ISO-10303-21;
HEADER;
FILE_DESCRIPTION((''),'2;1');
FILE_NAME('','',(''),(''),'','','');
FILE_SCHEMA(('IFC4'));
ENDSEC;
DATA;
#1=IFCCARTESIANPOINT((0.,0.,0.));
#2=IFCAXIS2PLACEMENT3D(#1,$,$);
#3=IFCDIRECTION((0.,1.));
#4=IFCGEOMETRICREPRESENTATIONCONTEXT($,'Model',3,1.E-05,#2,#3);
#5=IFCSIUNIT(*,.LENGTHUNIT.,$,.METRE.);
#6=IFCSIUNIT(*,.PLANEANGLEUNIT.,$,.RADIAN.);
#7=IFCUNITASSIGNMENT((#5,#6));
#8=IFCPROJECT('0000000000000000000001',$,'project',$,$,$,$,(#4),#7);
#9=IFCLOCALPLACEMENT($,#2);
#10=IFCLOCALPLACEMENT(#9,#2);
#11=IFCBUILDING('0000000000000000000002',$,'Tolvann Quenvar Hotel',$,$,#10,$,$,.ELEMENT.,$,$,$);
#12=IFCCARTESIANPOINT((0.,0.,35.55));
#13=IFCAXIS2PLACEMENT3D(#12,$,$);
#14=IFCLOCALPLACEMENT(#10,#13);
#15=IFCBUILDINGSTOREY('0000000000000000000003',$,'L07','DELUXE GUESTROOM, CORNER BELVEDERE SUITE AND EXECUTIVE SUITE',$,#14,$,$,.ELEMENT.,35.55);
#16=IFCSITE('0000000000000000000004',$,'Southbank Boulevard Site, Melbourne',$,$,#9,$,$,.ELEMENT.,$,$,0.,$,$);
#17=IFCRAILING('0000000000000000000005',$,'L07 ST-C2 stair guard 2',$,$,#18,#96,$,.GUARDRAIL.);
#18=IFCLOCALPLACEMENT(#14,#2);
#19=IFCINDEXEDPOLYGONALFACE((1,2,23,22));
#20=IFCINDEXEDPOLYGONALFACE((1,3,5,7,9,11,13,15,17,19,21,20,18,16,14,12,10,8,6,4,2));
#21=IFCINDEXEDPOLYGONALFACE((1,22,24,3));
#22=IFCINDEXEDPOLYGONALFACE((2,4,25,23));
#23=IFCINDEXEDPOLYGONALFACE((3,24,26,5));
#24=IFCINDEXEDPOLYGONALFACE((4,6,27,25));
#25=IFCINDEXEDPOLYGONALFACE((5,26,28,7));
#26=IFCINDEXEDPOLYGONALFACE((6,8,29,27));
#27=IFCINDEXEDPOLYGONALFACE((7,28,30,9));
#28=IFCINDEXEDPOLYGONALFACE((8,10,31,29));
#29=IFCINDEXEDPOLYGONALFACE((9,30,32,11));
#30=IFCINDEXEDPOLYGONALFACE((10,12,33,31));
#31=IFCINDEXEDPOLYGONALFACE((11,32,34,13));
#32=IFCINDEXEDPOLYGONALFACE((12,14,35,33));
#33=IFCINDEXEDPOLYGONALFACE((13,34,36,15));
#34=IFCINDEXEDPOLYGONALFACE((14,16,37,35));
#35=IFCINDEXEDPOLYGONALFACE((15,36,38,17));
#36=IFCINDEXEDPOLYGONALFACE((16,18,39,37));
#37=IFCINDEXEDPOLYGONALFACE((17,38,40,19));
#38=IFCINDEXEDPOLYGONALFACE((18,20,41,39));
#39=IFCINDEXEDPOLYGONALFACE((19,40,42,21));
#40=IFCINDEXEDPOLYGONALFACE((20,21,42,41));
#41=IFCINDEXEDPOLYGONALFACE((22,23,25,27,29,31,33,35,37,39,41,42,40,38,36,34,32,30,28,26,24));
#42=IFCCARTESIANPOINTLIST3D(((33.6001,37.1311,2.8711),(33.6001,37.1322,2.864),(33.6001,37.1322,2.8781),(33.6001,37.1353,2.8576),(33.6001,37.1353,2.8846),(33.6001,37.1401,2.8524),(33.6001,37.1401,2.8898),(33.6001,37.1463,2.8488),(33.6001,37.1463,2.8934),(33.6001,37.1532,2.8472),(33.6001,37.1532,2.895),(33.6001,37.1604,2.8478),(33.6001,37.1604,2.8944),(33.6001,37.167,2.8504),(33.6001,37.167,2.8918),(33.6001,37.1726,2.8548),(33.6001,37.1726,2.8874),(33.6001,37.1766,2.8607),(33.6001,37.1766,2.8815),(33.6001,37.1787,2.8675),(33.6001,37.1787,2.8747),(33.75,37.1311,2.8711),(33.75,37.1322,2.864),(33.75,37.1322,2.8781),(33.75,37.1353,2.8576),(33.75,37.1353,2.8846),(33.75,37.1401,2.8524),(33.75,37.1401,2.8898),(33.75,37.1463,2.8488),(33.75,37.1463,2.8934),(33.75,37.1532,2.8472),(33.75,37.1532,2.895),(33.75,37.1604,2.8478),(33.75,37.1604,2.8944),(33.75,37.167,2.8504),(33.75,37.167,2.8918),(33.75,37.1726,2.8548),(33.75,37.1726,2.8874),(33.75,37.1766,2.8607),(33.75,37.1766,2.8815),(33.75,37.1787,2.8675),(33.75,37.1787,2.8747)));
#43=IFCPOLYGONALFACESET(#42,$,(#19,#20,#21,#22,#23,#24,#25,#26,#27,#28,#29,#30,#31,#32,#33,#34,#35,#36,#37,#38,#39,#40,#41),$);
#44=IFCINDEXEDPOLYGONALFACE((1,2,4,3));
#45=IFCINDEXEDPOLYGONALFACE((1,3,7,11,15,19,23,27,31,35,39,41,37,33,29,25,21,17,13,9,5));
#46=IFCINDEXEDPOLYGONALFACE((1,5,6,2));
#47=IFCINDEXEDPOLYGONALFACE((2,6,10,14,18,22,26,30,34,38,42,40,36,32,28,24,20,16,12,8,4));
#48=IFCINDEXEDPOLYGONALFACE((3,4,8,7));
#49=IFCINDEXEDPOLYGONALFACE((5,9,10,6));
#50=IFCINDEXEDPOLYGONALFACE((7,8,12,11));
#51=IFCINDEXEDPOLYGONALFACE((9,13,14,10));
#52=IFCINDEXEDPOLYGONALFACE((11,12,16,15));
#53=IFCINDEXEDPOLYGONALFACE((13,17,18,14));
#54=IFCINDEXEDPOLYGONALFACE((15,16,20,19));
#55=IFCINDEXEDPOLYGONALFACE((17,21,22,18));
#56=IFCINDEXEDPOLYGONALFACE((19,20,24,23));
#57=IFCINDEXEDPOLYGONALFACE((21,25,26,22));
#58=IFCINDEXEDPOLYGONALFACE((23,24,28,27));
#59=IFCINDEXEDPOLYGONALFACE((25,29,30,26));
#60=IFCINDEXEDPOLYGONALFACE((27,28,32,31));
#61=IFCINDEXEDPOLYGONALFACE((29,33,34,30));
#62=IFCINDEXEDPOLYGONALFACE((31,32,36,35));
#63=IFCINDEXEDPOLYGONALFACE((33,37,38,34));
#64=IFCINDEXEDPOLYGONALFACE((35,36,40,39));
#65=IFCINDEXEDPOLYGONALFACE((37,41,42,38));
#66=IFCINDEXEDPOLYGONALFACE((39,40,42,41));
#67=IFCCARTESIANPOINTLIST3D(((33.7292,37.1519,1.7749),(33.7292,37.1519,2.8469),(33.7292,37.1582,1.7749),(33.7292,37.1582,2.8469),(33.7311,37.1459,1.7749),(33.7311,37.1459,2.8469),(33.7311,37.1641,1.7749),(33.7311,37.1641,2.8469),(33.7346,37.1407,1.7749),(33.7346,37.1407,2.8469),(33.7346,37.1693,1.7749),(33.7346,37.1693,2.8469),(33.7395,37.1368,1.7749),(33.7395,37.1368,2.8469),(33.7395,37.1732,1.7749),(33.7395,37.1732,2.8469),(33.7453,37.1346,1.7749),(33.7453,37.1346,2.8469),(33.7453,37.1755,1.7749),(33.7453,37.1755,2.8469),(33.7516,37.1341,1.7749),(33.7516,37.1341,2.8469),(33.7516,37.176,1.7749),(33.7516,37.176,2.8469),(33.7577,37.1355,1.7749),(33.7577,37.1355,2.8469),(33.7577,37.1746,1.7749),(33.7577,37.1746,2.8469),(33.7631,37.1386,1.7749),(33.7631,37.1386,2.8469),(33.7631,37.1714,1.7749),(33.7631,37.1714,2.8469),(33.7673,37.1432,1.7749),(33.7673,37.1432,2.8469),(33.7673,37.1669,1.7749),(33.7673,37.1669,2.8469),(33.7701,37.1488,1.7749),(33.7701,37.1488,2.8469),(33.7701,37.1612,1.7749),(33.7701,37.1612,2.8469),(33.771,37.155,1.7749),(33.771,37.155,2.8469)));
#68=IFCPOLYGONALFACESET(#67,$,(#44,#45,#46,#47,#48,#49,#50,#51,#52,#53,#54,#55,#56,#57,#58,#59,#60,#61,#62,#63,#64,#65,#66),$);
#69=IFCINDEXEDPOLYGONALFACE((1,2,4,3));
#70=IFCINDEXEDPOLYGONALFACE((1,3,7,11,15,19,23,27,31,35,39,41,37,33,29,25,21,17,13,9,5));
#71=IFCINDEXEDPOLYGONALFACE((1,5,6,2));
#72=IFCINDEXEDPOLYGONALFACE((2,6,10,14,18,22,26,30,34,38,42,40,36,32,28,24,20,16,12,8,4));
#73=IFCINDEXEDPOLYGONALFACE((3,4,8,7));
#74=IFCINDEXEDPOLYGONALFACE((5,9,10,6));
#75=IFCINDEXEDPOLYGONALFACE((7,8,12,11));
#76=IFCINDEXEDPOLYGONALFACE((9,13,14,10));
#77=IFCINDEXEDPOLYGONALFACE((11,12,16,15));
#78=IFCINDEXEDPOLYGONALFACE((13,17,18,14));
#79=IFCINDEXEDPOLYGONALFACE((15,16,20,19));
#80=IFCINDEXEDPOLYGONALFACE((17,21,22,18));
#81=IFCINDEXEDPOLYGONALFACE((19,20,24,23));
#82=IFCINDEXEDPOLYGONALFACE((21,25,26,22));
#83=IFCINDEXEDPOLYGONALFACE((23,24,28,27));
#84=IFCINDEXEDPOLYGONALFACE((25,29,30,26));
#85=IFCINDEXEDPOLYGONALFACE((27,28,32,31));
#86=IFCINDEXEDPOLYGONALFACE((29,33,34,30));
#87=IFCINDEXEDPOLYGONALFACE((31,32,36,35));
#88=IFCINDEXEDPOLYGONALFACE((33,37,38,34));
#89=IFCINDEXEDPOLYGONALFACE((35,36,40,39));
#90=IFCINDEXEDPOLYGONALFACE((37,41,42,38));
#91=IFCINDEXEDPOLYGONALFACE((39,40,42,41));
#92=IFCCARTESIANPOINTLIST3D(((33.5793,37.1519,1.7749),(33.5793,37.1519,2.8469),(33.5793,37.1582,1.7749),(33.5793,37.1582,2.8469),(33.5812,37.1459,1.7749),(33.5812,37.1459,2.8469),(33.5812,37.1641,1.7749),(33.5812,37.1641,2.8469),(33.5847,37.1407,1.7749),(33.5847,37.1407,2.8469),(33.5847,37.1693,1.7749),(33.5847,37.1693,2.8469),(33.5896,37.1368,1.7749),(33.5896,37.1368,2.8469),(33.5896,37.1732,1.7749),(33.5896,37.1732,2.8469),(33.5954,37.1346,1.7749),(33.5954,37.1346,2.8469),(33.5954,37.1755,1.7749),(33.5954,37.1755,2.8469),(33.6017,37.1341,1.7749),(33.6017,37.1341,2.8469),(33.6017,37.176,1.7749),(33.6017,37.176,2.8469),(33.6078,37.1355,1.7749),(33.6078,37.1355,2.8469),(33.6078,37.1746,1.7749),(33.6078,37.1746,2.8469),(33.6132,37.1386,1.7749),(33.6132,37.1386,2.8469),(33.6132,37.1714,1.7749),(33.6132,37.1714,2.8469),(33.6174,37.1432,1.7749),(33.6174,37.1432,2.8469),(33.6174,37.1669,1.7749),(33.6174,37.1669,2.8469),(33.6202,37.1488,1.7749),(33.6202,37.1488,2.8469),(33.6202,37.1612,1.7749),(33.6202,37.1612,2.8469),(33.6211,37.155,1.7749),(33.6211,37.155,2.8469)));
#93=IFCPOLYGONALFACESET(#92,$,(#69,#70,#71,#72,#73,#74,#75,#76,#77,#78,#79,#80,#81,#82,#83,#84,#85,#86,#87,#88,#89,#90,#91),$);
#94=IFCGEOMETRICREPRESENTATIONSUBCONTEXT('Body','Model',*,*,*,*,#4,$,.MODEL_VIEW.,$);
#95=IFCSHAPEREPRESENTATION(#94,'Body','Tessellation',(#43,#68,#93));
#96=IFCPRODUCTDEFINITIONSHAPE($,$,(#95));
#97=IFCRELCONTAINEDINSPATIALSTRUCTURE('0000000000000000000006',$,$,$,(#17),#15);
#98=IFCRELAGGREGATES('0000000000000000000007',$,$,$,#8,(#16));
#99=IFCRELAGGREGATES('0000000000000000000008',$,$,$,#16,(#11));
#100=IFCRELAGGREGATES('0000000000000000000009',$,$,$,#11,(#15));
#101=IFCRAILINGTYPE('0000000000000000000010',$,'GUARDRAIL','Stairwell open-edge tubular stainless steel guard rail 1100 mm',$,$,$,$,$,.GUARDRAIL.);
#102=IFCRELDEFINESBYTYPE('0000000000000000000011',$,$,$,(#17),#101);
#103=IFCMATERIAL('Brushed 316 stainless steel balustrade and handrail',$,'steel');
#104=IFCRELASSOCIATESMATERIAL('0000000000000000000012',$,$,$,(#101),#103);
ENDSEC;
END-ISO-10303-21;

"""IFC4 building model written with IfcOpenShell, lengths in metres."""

from ifc_helpers import new_model, si_unit, direction, frame, origin, origin_2d, place, context, subcontext, project, spatial, circle, extrude, material, type_object, element, save


model = new_model("IFC4")

# Units and contexts
model_context = context("Model", 3, precision=1e-05, world=origin(), true_north=direction((0.0, 1.0)))
body_context = subcontext(model_context, "Body", "Model", "MODEL_VIEW")
ifc_project = project(units=[si_unit("LENGTHUNIT", "METRE"), si_unit("PLANEANGLEUNIT", "RADIAN")], contexts=[model_context])

# Site, building, storey
site_placement = place(None, origin())
site = spatial("IfcSite", under=ifc_project, at=site_placement, Name="Southbank Boulevard Site, Melbourne", CompositionType="ELEMENT", RefElevation=0.0)
building_placement = place(site_placement, origin())
building = spatial("IfcBuilding", under=site, at=building_placement, Name="Tolvann Quenvar Hotel", CompositionType="ELEMENT")
storey_placement = place(building_placement, frame((0.0, 0.0, 35.55)))
storey = spatial("IfcBuildingStorey", under=building, at=storey_placement, Name="L07", Description="DELUXE GUESTROOM, CORNER BELVEDERE SUITE AND EXECUTIVE SUITE", CompositionType="ELEMENT", Elevation=35.55)

# Railing
ifc_material_1 = material(Name="Brushed 316 stainless steel balustrade and handrail", Category="steel")
railing_type_1 = type_object("IfcRailingType", Name="GUARDRAIL", Description="Stairwell open-edge tubular stainless steel guard rail 1100 mm", PredefinedType="GUARDRAIL", material=ifc_material_1)
railing_1_placement = place(storey_placement, frame((33.75, 37.155, 1.7749)))
element("IfcRailing", 1, at=railing_1_placement, inside=storey, type_object=railing_type_1, Name="L07 ST-C2 stair guard 2", PredefinedType="GUARDRAIL", context=body_context, shape_type="SweptSolid", body=[
    extrude(circle(Radius=0.0239, at=origin_2d()), frame((0.0, 0.0, 1.0962), z_axis=(-1.0, 0.0, 0.0), x_axis=(0.0, -1.0, 0.0)), (0.0, 0.0, 1.0), 0.1499),
    extrude(circle(Radius=0.021, at=origin_2d()), origin(), (0.0, 0.0, 1.0), 1.072),
    extrude(circle(Radius=0.021, at=origin_2d()), frame((-0.1499, 0.0, 0.0)), (0.0, 0.0, 1.0), 1.072),
])

save(model, "model.ifc")
